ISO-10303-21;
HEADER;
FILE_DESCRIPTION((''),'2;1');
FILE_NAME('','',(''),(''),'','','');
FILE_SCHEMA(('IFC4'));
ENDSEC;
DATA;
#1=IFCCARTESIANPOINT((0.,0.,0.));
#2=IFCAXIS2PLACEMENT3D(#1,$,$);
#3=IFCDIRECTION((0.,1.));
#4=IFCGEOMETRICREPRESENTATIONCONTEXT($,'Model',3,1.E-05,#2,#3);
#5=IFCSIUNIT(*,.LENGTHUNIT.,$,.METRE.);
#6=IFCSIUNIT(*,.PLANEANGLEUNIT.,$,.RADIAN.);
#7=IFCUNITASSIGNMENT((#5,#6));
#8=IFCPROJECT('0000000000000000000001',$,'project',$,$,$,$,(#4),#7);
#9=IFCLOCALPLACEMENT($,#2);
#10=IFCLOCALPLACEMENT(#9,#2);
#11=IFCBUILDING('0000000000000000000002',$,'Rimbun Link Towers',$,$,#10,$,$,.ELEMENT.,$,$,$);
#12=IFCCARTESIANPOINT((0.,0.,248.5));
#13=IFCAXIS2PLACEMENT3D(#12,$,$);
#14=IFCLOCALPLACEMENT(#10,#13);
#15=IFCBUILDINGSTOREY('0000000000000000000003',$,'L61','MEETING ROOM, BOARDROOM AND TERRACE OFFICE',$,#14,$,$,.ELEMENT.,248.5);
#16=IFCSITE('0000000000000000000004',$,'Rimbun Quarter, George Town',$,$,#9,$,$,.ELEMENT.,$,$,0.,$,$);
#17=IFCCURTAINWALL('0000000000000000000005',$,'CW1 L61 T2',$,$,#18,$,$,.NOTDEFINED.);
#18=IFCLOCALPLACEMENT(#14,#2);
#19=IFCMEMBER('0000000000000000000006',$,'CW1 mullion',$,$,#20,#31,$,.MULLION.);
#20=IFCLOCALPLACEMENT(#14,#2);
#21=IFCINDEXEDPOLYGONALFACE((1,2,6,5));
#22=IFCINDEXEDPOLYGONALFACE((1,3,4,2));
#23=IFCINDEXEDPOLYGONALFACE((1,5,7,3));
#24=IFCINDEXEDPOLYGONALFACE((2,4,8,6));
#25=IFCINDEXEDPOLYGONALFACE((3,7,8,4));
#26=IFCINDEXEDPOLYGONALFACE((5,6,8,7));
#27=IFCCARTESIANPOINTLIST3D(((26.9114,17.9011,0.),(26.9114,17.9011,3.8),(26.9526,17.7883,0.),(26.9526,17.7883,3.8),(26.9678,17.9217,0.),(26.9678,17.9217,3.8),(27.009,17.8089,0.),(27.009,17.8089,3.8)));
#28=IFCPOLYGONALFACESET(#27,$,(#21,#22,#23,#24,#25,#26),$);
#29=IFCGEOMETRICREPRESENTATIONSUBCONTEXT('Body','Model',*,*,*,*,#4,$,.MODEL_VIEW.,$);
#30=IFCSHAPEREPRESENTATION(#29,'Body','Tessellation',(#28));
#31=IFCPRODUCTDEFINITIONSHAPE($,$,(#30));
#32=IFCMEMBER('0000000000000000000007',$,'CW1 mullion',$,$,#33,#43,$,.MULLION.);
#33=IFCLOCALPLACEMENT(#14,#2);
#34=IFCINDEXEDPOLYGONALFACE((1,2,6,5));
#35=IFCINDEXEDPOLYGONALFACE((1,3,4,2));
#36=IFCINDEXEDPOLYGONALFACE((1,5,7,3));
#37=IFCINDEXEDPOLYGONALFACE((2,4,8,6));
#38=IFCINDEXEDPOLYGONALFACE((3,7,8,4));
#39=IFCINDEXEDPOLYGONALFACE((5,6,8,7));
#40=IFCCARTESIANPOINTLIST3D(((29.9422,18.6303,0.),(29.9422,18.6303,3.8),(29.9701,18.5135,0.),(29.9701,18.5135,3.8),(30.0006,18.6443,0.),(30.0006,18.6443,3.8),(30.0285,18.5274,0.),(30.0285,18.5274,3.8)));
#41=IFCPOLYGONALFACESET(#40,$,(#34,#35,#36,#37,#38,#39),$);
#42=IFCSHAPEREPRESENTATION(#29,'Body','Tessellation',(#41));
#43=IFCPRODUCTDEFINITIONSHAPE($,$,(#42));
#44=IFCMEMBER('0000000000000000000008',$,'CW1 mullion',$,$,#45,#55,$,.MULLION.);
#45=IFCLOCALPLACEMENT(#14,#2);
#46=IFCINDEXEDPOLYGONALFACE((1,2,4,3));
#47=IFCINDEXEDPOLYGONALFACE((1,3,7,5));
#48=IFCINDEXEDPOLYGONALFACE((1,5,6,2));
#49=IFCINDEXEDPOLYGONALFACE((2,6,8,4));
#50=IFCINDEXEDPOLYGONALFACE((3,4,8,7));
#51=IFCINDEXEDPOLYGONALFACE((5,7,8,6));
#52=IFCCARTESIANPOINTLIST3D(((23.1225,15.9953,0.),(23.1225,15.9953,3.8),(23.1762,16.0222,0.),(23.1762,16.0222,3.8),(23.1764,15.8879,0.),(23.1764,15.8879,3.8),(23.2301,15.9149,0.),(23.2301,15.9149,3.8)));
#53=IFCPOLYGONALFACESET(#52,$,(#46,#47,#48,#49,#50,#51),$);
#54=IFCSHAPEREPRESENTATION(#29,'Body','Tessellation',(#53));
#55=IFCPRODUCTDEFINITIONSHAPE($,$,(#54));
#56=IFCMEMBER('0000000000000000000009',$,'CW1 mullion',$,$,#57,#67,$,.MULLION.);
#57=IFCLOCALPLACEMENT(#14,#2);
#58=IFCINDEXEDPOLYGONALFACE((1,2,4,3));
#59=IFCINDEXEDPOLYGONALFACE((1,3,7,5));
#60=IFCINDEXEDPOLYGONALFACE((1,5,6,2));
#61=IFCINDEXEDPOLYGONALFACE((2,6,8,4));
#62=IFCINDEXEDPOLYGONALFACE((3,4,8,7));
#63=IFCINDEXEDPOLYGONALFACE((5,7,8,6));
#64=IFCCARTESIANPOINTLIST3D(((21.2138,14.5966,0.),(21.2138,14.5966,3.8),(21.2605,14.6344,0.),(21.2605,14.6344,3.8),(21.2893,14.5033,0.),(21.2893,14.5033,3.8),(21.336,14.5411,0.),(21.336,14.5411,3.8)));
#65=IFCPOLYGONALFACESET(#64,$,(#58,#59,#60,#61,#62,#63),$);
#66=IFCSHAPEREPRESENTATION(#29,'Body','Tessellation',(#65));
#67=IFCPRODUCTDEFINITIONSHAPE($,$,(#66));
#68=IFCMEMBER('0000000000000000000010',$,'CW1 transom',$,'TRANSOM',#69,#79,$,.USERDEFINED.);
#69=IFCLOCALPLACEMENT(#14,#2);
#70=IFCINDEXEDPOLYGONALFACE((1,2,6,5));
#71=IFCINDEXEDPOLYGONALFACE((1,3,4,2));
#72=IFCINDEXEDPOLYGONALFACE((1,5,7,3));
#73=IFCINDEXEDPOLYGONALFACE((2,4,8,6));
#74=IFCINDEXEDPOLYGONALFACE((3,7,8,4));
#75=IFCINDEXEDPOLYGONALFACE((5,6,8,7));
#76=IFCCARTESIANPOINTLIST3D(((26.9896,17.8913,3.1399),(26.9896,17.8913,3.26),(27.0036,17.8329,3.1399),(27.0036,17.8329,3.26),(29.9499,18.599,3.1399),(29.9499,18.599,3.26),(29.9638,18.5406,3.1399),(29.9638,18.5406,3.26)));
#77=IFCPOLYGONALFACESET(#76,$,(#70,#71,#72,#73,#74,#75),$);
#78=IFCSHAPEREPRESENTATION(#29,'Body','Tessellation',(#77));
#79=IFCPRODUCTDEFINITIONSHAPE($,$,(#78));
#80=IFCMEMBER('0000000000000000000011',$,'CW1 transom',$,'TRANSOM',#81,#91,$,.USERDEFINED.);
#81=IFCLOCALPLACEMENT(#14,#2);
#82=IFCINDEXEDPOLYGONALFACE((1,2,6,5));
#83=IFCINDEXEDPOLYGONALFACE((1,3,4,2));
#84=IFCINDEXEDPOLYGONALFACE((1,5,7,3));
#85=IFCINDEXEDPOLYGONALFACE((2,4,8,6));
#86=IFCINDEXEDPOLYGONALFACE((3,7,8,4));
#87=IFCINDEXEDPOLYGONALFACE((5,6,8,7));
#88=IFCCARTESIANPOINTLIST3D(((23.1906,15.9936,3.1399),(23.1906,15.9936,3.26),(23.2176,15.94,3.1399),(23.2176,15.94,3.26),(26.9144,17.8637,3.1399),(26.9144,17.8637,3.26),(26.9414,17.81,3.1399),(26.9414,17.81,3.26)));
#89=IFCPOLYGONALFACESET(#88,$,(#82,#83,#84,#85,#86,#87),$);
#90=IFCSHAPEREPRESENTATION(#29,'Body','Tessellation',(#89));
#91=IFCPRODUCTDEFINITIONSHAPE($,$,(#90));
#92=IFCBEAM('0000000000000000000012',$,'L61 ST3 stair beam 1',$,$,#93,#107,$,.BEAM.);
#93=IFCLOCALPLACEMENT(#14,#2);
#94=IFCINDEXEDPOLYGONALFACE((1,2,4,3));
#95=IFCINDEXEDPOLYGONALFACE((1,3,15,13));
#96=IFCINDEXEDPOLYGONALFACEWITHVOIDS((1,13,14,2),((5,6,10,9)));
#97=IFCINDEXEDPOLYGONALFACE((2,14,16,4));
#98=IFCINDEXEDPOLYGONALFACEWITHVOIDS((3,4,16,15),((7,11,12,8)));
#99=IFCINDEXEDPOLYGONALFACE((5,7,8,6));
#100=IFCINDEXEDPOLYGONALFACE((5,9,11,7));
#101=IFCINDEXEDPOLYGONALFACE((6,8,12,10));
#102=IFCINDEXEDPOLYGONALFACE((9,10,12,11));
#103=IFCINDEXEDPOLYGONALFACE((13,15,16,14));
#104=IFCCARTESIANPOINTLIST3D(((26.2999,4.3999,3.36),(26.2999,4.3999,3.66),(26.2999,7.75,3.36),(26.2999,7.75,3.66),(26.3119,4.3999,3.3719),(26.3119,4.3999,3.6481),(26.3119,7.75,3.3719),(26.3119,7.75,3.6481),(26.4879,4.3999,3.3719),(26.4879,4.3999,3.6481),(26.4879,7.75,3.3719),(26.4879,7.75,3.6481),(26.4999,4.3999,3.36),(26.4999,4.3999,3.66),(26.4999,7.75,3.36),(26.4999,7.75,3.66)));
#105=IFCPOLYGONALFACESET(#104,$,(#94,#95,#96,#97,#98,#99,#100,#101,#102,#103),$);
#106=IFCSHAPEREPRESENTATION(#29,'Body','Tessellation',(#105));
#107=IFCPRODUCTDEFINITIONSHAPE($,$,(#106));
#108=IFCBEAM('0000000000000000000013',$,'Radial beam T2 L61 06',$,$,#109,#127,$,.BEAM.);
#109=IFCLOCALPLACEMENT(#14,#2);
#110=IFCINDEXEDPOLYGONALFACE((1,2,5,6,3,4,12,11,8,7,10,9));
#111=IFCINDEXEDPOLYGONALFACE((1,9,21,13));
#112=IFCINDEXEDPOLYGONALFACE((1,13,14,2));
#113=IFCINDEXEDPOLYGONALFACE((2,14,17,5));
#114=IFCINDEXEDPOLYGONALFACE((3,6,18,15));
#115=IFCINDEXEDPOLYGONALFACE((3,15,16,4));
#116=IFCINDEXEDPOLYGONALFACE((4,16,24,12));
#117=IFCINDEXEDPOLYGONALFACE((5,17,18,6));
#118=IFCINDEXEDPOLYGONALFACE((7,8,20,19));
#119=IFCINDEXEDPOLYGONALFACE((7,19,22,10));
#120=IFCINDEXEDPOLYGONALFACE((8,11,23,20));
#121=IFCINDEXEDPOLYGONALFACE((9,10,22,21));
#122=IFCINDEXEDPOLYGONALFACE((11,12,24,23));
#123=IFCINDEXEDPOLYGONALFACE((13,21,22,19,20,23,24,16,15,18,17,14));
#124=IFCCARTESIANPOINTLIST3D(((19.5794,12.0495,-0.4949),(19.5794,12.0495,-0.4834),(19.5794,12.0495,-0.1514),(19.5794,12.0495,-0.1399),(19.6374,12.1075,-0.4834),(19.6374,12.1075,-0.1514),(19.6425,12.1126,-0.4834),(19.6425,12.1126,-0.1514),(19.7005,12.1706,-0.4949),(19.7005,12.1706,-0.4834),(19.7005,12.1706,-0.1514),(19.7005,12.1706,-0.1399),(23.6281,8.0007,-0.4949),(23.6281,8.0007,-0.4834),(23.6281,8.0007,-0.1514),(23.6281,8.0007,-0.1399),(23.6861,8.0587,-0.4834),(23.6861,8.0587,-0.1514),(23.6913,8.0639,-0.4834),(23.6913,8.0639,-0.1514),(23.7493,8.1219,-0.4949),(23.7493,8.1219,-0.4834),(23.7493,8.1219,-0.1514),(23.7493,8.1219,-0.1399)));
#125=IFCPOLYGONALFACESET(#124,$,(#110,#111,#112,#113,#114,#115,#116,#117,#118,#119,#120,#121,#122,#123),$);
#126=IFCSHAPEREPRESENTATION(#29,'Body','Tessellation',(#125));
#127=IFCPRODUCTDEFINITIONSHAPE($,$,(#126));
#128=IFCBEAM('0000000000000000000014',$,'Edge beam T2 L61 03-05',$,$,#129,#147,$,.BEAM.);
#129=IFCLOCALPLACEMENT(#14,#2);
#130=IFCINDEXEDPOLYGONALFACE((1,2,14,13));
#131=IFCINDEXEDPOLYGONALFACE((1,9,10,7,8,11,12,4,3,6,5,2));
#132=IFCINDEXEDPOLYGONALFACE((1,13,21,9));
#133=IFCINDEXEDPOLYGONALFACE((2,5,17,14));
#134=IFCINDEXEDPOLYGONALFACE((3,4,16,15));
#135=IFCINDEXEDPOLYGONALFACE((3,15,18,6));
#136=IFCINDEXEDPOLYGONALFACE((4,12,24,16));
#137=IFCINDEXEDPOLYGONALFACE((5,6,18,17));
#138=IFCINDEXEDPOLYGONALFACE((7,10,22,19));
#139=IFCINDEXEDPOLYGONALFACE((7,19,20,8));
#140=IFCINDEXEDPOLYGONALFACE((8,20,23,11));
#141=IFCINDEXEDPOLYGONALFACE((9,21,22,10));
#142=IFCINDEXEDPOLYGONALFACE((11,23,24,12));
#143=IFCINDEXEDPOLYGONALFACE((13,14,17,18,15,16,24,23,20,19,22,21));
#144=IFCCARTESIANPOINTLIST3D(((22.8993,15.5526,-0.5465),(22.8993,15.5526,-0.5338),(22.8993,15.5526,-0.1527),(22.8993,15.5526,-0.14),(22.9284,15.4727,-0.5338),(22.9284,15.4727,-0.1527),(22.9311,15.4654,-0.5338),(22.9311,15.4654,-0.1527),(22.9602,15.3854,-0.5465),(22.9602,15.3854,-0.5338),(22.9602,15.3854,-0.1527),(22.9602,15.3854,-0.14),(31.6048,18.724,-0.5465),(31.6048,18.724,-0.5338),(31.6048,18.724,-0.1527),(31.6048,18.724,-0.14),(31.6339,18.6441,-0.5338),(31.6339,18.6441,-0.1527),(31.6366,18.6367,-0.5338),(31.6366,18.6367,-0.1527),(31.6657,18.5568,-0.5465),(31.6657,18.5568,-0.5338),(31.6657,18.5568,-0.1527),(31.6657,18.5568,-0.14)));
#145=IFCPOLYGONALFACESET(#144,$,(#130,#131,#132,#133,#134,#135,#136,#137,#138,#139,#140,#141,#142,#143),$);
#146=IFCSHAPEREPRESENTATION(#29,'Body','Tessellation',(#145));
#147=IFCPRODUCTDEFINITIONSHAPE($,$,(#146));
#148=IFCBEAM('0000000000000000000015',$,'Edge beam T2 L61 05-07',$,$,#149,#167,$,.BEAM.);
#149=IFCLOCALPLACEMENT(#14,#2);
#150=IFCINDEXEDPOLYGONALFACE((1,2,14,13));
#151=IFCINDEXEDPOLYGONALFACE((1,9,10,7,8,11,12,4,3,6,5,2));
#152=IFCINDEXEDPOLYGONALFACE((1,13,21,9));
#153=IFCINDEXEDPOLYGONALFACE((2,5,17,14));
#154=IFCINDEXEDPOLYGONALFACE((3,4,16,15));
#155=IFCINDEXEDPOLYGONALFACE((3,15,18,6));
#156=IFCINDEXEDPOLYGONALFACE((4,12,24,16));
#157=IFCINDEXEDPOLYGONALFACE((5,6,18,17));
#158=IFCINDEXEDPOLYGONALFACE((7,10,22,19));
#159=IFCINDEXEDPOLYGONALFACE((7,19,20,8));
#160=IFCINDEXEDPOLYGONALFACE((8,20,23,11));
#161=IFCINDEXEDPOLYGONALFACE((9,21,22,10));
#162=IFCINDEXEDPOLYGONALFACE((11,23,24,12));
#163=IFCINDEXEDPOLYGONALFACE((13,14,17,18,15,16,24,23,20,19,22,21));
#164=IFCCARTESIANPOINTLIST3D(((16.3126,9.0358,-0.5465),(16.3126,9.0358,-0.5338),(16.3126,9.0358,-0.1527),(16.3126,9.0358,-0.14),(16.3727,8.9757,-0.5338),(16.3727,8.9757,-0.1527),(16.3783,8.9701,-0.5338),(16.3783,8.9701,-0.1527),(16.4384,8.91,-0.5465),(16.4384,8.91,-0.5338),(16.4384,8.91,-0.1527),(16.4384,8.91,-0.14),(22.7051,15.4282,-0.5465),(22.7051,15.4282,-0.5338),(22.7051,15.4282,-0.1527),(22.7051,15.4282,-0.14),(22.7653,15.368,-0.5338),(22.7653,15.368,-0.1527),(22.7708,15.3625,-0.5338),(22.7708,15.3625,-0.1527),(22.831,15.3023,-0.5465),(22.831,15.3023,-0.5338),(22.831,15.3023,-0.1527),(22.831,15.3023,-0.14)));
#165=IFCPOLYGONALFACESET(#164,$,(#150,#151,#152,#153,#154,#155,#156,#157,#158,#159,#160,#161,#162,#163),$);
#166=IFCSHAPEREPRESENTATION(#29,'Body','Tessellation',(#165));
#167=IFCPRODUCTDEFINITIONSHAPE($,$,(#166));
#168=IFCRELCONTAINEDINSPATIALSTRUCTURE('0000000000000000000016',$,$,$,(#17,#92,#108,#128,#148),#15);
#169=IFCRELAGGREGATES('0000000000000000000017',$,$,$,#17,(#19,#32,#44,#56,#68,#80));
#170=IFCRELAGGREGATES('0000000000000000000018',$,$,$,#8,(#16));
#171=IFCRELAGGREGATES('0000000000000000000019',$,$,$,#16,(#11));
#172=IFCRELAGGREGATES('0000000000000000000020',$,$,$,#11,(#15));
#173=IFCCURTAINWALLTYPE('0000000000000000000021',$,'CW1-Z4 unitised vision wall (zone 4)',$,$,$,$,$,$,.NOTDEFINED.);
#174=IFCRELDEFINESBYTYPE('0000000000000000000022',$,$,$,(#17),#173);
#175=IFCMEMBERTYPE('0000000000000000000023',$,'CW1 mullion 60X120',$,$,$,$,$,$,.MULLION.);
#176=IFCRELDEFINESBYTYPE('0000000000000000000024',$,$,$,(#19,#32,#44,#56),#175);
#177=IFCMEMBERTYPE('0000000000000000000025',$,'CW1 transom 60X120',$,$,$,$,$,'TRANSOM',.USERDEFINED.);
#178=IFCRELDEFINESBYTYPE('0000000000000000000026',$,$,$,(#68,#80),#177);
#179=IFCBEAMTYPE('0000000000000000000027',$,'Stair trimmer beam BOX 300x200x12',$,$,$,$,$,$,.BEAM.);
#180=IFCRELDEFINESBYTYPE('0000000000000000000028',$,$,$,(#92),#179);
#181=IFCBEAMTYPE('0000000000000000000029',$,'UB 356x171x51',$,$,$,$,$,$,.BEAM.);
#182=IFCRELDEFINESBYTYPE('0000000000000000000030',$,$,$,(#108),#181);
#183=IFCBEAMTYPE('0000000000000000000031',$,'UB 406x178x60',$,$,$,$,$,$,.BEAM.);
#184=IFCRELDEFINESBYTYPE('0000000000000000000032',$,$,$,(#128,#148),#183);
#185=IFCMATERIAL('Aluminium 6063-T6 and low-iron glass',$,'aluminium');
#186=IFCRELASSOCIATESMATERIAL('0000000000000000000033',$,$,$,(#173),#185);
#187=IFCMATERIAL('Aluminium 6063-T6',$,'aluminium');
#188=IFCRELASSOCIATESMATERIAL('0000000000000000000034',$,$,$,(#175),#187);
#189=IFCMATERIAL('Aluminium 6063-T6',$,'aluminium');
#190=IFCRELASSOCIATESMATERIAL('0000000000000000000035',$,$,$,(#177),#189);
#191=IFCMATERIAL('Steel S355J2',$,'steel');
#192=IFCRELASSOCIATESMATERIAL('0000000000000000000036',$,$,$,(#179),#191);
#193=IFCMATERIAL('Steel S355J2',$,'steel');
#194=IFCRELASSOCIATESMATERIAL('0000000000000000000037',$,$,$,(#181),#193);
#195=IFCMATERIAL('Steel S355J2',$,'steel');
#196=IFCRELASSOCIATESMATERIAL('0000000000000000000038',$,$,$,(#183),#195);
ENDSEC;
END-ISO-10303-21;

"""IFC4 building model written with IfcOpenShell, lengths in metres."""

from ifc_helpers import new_model, si_unit, direction, frame, origin, origin_2d, place, context, subcontext, project, spatial, rectangle, hollow_rectangle, i_section, extrude, material, material_profile, profile_set, type_object, element, aggregate, save


model = new_model("IFC4")

# Units and contexts
model_context = context("Model", 3, precision=1e-05, world=origin(), true_north=direction((0.0, 1.0)))
body_context = subcontext(model_context, "Body", "Model", "MODEL_VIEW")
ifc_project = project(units=[si_unit("LENGTHUNIT", "METRE"), si_unit("PLANEANGLEUNIT", "RADIAN")], contexts=[model_context])

# Site, building, storey
site_placement = place(None, origin())
site = spatial("IfcSite", under=ifc_project, at=site_placement, Name="Rimbun Quarter, George Town", CompositionType="ELEMENT", RefElevation=0.0)
building_placement = place(site_placement, origin())
building = spatial("IfcBuilding", under=site, at=building_placement, Name="Rimbun Link Towers", CompositionType="ELEMENT")
storey_placement = place(building_placement, frame((0.0, 0.0, 248.5)))
storey = spatial("IfcBuildingStorey", under=building, at=storey_placement, Name="L61", Description="MEETING ROOM, BOARDROOM AND TERRACE OFFICE", CompositionType="ELEMENT", Elevation=248.5)

# Curtain wall, members
ifc_material_1 = material(Name="Aluminium 6063-T6 and low-iron glass", Category="aluminium")
curtain_wall_type = type_object("IfcCurtainWallType", Name="CW1-Z4 unitised vision wall (zone 4)", PredefinedType="NOTDEFINED", material=ifc_material_1)
curtain_wall_placement = place(storey_placement, origin())
curtain_wall = element("IfcCurtainWall", 1, at=curtain_wall_placement, inside=storey, type_object=curtain_wall_type, Name="CW1 L61 T2", PredefinedType="NOTDEFINED")
ifc_material_2 = material(Name="Aluminium 6063-T6", Category="aluminium")
ifc_material_profile_1 = material_profile(ifc_material_2, rectangle(XDim=0.1201, YDim=0.0601, at=origin_2d()), Name="MULLION 60X120")
ifc_profile_set_1 = profile_set([ifc_material_profile_1], Name="Aluminium 6063-T6")
member_type_1 = type_object("IfcMemberType", Name="CW1 mullion 60X120", PredefinedType="MULLION", material=ifc_profile_set_1)
member_1_placement = place(storey_placement, frame((26.9602, 17.855, 0.0), z_axis=(0.0, 0.0, 1.0), x_axis=(-0.342965, 0.939348, 0.0)))
member_1 = element("IfcMember", 2, at=member_1_placement, type_object=member_type_1, Name="CW1 mullion", PredefinedType="MULLION", context=body_context, shape_type="SweptSolid", body=[
    extrude(rectangle(XDim=0.1201, YDim=0.0601, at=origin_2d()), origin(), (0.0, 0.0, 1.0), 3.8),
])
member_2_placement = place(storey_placement, frame((29.9854, 18.5789, 0.0), z_axis=(0.0, 0.0, 1.0), x_axis=(-0.232605, 0.972571, 0.0)))
member_2 = element("IfcMember", 3, at=member_2_placement, type_object=member_type_1, Name="CW1 mullion", PredefinedType="MULLION", context=body_context, shape_type="SweptSolid", body=[
    extrude(rectangle(XDim=0.1201, YDim=0.0601, at=origin_2d()), origin(), (0.0, 0.0, 1.0), 3.8),
])
member_3_placement = place(storey_placement, frame((23.1763, 15.9551, 0.0), z_axis=(0.0, 0.0, 1.0), x_axis=(-0.44877, 0.893647, 0.0)))
member_3 = element("IfcMember", 4, at=member_3_placement, type_object=member_type_1, Name="CW1 mullion", PredefinedType="MULLION", context=body_context, shape_type="SweptSolid", body=[
    extrude(rectangle(XDim=0.1201, YDim=0.0601, at=origin_2d()), origin(), (0.0, 0.0, 1.0), 3.8),
])
member_4_placement = place(storey_placement, frame((21.2749, 14.5688, 0.0), z_axis=(0.0, 0.0, 1.0), x_axis=(-0.629159, 0.777277, 0.0)))
member_4 = element("IfcMember", 5, at=member_4_placement, type_object=member_type_1, Name="CW1 mullion", PredefinedType="MULLION", context=body_context, shape_type="SweptSolid", body=[
    extrude(rectangle(XDim=0.1201, YDim=0.0601, at=origin_2d()), origin(), (0.0, 0.0, 1.0), 3.8),
])
ifc_material_3 = material(Name="Aluminium 6063-T6", Category="aluminium")
ifc_material_profile_2 = material_profile(ifc_material_3, rectangle(XDim=0.0601, YDim=0.1201, at=origin_2d()), Name="TRANSOM 60X120")
ifc_profile_set_2 = profile_set([ifc_material_profile_2], Name="Aluminium 6063-T6")
member_type_2 = type_object("IfcMemberType", Name="CW1 transom 60X120", ElementType="TRANSOM", PredefinedType="USERDEFINED", material=ifc_profile_set_2)
member_5_placement = place(storey_placement, frame((26.9966, 17.8621, 3.2), z_axis=(0.972587, 0.232539, 0.0), x_axis=(-0.232539, 0.972587, 0.0)))
member_5 = element("IfcMember", 6, at=member_5_placement, type_object=member_type_2, Name="CW1 transom", ObjectType="TRANSOM", PredefinedType="USERDEFINED", context=body_context, shape_type="SweptSolid", body=[
    extrude(rectangle(XDim=0.0601, YDim=0.1201, at=origin_2d()), origin(), (0.0, 0.0, 1.0), 3.0437),
])
member_6_placement = place(storey_placement, frame((23.2041, 15.9668, 3.2), z_axis=(0.893641, 0.448783, 0.0), x_axis=(-0.448783, 0.893641, 0.0)))
member_6 = element("IfcMember", 7, at=member_6_placement, type_object=member_type_2, Name="CW1 transom", ObjectType="TRANSOM", PredefinedType="USERDEFINED", context=body_context, shape_type="SweptSolid", body=[
    extrude(rectangle(XDim=0.0601, YDim=0.1201, at=origin_2d()), origin(), (0.0, 0.0, 1.0), 4.167),
])

# Beams
ifc_material_4 = material(Name="Steel S355J2", Category="steel")
ifc_material_profile_3 = material_profile(ifc_material_4, hollow_rectangle(XDim=0.2, YDim=0.3, WallThickness=0.012, at=origin_2d()), Name="BOX 300x200x12")
ifc_profile_set_3 = profile_set([ifc_material_profile_3], Name="Steel S355J2")
beam_type_1 = type_object("IfcBeamType", Name="Stair trimmer beam BOX 300x200x12", PredefinedType="BEAM", material=ifc_profile_set_3)
beam_1_placement = place(storey_placement, frame((26.3999, 7.75, 3.51), z_axis=(0.0, -1.0, 0.0), x_axis=(1.0, 0.0, 0.0)))
element("IfcBeam", 8, at=beam_1_placement, inside=storey, type_object=beam_type_1, Name="L61 ST3 stair beam 1", PredefinedType="BEAM", context=body_context, shape_type="SweptSolid", body=[
    extrude(hollow_rectangle(XDim=0.2, YDim=0.3, WallThickness=0.012, at=origin_2d()), origin(), (0.0, 0.0, 1.0), 3.3501),
])
ifc_material_5 = material(Name="Steel S355J2", Category="steel")
ifc_material_profile_4 = material_profile(ifc_material_5, i_section(OverallWidth=0.1714, OverallDepth=0.355, WebThickness=0.0073, FlangeThickness=0.0115, at=origin_2d()), Name="UB 356x171x51")
ifc_profile_set_4 = profile_set([ifc_material_profile_4], Name="Steel S355J2")
beam_type_2 = type_object("IfcBeamType", Name="UB 356x171x51", PredefinedType="BEAM", material=ifc_profile_set_4)
beam_2_placement = place(storey_placement, frame((23.6887, 8.0613, -0.3174), z_axis=(-0.707107, 0.707107, 0.0), x_axis=(-0.707107, -0.707107, 0.0)))
element("IfcBeam", 9, at=beam_2_placement, inside=storey, type_object=beam_type_2, Name="Radial beam T2 L61 06", PredefinedType="BEAM", context=body_context, shape_type="SweptSolid", body=[
    extrude(i_section(OverallWidth=0.1714, OverallDepth=0.355, WebThickness=0.0073, FlangeThickness=0.0115, at=origin_2d()), origin(), (0.0, 0.0, 1.0), 5.7258),
])
ifc_material_6 = material(Name="Steel S355J2", Category="steel")
ifc_material_profile_5 = material_profile(ifc_material_6, i_section(OverallWidth=0.178, OverallDepth=0.4065, WebThickness=0.0078, FlangeThickness=0.0127, at=origin_2d()), Name="UB 406x178x60")
ifc_profile_set_5 = profile_set([ifc_material_profile_5], Name="Steel S355J2")
beam_type_3 = type_object("IfcBeamType", Name="UB 406x178x60", PredefinedType="BEAM", material=ifc_profile_set_5)
beam_3_placement = place(storey_placement, frame((31.6353, 18.6404, -0.3433), z_axis=(-0.939595, -0.342289, 0.0), x_axis=(0.342289, -0.939595, 0.0)))
element("IfcBeam", 10, at=beam_3_placement, inside=storey, type_object=beam_type_3, Name="Edge beam T2 L61 03-05", PredefinedType="BEAM", context=body_context, shape_type="SweptSolid", body=[
    extrude(i_section(OverallWidth=0.178, OverallDepth=0.4065, WebThickness=0.0078, FlangeThickness=0.0127, at=origin_2d()), origin(), (0.0, 0.0, 1.0), 9.2651),
])
beam_4_placement = place(storey_placement, frame((22.7681, 15.3652, -0.3433), z_axis=(-0.70712, -0.707093, 0.0), x_axis=(0.707093, -0.70712, 0.0)))
element("IfcBeam", 11, at=beam_4_placement, inside=storey, type_object=beam_type_3, Name="Edge beam T2 L61 05-07", PredefinedType="BEAM", context=body_context, shape_type="SweptSolid", body=[
    extrude(i_section(OverallWidth=0.178, OverallDepth=0.4065, WebThickness=0.0078, FlangeThickness=0.0127, at=origin_2d()), origin(), (0.0, 0.0, 1.0), 9.0403),
])

aggregate(curtain_wall, [member_1, member_2, member_3, member_4, member_5, member_6])

save(model, "model.ifc")
